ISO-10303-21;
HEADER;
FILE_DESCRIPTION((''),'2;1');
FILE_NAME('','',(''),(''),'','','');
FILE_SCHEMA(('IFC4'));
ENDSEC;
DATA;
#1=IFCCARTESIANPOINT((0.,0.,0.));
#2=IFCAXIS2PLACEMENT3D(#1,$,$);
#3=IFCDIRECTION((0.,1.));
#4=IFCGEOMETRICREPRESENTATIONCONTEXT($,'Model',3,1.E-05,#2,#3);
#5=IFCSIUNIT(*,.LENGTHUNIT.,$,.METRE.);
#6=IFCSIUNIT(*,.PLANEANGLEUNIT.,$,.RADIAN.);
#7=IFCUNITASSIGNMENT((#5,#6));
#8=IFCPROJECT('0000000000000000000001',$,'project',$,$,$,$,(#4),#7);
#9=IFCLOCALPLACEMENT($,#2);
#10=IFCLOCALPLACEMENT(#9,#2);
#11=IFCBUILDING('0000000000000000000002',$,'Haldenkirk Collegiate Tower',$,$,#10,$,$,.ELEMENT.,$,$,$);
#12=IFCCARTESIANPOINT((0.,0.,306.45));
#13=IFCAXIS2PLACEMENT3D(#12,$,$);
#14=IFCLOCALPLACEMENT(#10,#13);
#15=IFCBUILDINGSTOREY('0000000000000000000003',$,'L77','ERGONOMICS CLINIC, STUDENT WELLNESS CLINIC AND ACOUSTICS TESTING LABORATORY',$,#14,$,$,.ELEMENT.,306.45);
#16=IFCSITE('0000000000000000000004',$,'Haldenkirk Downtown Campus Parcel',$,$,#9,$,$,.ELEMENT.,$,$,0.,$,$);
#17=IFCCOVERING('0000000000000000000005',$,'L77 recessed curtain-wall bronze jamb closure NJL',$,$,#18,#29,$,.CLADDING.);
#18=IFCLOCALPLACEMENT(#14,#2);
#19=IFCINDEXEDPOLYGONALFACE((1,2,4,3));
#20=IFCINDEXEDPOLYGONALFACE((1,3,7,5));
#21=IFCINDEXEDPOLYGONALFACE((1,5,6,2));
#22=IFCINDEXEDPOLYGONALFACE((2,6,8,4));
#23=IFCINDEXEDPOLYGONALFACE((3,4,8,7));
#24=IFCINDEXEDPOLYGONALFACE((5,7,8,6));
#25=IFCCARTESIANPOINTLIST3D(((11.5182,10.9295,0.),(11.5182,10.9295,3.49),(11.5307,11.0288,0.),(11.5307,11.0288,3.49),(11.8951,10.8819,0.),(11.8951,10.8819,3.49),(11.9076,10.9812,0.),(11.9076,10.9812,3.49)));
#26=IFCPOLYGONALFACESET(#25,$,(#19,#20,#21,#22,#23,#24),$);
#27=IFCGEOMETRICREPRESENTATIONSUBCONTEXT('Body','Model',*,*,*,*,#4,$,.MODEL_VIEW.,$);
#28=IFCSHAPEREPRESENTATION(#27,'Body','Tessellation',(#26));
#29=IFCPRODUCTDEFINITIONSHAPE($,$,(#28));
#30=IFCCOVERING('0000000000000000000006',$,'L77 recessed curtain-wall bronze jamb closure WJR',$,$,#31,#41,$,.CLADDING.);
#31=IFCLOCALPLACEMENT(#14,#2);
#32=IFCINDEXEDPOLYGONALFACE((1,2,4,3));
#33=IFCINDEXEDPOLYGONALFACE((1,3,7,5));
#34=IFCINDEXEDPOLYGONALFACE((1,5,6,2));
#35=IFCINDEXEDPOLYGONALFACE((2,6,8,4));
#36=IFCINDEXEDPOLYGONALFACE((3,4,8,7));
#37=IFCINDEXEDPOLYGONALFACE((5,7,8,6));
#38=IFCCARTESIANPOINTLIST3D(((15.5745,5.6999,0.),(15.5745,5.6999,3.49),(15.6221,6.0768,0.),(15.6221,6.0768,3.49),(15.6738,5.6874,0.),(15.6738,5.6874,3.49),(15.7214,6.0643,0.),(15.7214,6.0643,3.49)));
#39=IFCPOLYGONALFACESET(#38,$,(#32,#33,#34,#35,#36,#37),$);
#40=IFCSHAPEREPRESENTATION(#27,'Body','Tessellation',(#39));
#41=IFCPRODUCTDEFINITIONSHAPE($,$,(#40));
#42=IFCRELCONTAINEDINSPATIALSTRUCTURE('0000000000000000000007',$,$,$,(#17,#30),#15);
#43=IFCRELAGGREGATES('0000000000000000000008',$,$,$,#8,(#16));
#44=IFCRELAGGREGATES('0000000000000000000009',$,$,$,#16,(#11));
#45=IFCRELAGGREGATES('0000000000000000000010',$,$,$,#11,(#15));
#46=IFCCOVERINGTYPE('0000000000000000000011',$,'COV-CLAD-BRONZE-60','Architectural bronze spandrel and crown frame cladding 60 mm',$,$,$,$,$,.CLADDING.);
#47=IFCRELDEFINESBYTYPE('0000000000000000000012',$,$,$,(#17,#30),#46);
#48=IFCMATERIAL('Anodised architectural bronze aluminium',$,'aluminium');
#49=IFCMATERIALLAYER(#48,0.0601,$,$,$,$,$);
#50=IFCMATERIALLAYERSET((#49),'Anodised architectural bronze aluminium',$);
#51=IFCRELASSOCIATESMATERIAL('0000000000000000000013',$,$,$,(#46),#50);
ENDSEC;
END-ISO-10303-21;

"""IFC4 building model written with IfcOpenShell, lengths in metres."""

from ifc_helpers import new_model, si_unit, direction, frame, origin, origin_2d, place, context, subcontext, project, spatial, rectangle, extrude, source, transform, mapped, material, layer, layer_set, type_object, element, save


model = new_model("IFC4")

# Units and contexts
model_context = context("Model", 3, precision=1e-05, world=origin(), true_north=direction((0.0, 1.0)))
body_context = subcontext(model_context, "Body", "Model", "MODEL_VIEW")
ifc_project = project(units=[si_unit("LENGTHUNIT", "METRE"), si_unit("PLANEANGLEUNIT", "RADIAN")], contexts=[model_context])

# Site, building, storey
site_placement = place(None, origin())
site = spatial("IfcSite", under=ifc_project, at=site_placement, Name="Haldenkirk Downtown Campus Parcel", CompositionType="ELEMENT", RefElevation=0.0)
building_placement = place(site_placement, origin())
building = spatial("IfcBuilding", under=site, at=building_placement, Name="Haldenkirk Collegiate Tower", CompositionType="ELEMENT")
storey_placement = place(building_placement, frame((0.0, 0.0, 306.45)))
storey = spatial("IfcBuildingStorey", under=building, at=storey_placement, Name="L77", Description="ERGONOMICS CLINIC, STUDENT WELLNESS CLINIC AND ACOUSTICS TESTING LABORATORY", CompositionType="ELEMENT", Elevation=306.45)

# Shared definitions
ifc_material_1 = material(Name="Anodised architectural bronze aluminium", Category="aluminium")

# Coverings
ifc_layer_1 = layer(ifc_material_1, 0.0601)
ifc_layer_set_1 = layer_set([ifc_layer_1], Name="Anodised architectural bronze aluminium")
covering_type_1 = type_object("IfcCoveringType", Name="COV-CLAD-BRONZE-60", Description="Architectural bronze spandrel and crown frame cladding 60 mm", PredefinedType="CLADDING", material=ifc_layer_set_1)
shared_shape_1 = source(origin(), body_context, "Body", "SweptSolid", [
    extrude(rectangle(XDim=0.1001, YDim=0.3799, at=origin_2d()), origin(), (0.0, 0.0, 1.0), 3.49),
])
for number, where, z_axis, x_axis, name in (
    (1, (11.7129, 10.9553, 0.0), (0.0, 0.0, 1.0), (0.125333, 0.992115, 0.0), "L77 recessed curtain-wall bronze jamb closure NJL"),
    (2, (15.6479, 5.8821, 0.0), (0.0, 0.0, 1.0), (-0.992115, 0.125333, 0.0), "L77 recessed curtain-wall bronze jamb closure WJR"),
):
    element("IfcCovering", number, at=place(storey_placement, frame(where, z_axis=z_axis, x_axis=x_axis)), inside=storey, type_object=covering_type_1, Name=name, PredefinedType="CLADDING", context=body_context, shape_type="MappedRepresentation", body=[
        mapped(shared_shape_1, transform((0.0, 0.0, 0.0), x_axis=(1.0, 0.0, 0.0), y_axis=(0.0, 1.0, 0.0), z_axis=(0.0, 0.0, 1.0), scale=1.0)),
    ])

save(model, "model.ifc")
